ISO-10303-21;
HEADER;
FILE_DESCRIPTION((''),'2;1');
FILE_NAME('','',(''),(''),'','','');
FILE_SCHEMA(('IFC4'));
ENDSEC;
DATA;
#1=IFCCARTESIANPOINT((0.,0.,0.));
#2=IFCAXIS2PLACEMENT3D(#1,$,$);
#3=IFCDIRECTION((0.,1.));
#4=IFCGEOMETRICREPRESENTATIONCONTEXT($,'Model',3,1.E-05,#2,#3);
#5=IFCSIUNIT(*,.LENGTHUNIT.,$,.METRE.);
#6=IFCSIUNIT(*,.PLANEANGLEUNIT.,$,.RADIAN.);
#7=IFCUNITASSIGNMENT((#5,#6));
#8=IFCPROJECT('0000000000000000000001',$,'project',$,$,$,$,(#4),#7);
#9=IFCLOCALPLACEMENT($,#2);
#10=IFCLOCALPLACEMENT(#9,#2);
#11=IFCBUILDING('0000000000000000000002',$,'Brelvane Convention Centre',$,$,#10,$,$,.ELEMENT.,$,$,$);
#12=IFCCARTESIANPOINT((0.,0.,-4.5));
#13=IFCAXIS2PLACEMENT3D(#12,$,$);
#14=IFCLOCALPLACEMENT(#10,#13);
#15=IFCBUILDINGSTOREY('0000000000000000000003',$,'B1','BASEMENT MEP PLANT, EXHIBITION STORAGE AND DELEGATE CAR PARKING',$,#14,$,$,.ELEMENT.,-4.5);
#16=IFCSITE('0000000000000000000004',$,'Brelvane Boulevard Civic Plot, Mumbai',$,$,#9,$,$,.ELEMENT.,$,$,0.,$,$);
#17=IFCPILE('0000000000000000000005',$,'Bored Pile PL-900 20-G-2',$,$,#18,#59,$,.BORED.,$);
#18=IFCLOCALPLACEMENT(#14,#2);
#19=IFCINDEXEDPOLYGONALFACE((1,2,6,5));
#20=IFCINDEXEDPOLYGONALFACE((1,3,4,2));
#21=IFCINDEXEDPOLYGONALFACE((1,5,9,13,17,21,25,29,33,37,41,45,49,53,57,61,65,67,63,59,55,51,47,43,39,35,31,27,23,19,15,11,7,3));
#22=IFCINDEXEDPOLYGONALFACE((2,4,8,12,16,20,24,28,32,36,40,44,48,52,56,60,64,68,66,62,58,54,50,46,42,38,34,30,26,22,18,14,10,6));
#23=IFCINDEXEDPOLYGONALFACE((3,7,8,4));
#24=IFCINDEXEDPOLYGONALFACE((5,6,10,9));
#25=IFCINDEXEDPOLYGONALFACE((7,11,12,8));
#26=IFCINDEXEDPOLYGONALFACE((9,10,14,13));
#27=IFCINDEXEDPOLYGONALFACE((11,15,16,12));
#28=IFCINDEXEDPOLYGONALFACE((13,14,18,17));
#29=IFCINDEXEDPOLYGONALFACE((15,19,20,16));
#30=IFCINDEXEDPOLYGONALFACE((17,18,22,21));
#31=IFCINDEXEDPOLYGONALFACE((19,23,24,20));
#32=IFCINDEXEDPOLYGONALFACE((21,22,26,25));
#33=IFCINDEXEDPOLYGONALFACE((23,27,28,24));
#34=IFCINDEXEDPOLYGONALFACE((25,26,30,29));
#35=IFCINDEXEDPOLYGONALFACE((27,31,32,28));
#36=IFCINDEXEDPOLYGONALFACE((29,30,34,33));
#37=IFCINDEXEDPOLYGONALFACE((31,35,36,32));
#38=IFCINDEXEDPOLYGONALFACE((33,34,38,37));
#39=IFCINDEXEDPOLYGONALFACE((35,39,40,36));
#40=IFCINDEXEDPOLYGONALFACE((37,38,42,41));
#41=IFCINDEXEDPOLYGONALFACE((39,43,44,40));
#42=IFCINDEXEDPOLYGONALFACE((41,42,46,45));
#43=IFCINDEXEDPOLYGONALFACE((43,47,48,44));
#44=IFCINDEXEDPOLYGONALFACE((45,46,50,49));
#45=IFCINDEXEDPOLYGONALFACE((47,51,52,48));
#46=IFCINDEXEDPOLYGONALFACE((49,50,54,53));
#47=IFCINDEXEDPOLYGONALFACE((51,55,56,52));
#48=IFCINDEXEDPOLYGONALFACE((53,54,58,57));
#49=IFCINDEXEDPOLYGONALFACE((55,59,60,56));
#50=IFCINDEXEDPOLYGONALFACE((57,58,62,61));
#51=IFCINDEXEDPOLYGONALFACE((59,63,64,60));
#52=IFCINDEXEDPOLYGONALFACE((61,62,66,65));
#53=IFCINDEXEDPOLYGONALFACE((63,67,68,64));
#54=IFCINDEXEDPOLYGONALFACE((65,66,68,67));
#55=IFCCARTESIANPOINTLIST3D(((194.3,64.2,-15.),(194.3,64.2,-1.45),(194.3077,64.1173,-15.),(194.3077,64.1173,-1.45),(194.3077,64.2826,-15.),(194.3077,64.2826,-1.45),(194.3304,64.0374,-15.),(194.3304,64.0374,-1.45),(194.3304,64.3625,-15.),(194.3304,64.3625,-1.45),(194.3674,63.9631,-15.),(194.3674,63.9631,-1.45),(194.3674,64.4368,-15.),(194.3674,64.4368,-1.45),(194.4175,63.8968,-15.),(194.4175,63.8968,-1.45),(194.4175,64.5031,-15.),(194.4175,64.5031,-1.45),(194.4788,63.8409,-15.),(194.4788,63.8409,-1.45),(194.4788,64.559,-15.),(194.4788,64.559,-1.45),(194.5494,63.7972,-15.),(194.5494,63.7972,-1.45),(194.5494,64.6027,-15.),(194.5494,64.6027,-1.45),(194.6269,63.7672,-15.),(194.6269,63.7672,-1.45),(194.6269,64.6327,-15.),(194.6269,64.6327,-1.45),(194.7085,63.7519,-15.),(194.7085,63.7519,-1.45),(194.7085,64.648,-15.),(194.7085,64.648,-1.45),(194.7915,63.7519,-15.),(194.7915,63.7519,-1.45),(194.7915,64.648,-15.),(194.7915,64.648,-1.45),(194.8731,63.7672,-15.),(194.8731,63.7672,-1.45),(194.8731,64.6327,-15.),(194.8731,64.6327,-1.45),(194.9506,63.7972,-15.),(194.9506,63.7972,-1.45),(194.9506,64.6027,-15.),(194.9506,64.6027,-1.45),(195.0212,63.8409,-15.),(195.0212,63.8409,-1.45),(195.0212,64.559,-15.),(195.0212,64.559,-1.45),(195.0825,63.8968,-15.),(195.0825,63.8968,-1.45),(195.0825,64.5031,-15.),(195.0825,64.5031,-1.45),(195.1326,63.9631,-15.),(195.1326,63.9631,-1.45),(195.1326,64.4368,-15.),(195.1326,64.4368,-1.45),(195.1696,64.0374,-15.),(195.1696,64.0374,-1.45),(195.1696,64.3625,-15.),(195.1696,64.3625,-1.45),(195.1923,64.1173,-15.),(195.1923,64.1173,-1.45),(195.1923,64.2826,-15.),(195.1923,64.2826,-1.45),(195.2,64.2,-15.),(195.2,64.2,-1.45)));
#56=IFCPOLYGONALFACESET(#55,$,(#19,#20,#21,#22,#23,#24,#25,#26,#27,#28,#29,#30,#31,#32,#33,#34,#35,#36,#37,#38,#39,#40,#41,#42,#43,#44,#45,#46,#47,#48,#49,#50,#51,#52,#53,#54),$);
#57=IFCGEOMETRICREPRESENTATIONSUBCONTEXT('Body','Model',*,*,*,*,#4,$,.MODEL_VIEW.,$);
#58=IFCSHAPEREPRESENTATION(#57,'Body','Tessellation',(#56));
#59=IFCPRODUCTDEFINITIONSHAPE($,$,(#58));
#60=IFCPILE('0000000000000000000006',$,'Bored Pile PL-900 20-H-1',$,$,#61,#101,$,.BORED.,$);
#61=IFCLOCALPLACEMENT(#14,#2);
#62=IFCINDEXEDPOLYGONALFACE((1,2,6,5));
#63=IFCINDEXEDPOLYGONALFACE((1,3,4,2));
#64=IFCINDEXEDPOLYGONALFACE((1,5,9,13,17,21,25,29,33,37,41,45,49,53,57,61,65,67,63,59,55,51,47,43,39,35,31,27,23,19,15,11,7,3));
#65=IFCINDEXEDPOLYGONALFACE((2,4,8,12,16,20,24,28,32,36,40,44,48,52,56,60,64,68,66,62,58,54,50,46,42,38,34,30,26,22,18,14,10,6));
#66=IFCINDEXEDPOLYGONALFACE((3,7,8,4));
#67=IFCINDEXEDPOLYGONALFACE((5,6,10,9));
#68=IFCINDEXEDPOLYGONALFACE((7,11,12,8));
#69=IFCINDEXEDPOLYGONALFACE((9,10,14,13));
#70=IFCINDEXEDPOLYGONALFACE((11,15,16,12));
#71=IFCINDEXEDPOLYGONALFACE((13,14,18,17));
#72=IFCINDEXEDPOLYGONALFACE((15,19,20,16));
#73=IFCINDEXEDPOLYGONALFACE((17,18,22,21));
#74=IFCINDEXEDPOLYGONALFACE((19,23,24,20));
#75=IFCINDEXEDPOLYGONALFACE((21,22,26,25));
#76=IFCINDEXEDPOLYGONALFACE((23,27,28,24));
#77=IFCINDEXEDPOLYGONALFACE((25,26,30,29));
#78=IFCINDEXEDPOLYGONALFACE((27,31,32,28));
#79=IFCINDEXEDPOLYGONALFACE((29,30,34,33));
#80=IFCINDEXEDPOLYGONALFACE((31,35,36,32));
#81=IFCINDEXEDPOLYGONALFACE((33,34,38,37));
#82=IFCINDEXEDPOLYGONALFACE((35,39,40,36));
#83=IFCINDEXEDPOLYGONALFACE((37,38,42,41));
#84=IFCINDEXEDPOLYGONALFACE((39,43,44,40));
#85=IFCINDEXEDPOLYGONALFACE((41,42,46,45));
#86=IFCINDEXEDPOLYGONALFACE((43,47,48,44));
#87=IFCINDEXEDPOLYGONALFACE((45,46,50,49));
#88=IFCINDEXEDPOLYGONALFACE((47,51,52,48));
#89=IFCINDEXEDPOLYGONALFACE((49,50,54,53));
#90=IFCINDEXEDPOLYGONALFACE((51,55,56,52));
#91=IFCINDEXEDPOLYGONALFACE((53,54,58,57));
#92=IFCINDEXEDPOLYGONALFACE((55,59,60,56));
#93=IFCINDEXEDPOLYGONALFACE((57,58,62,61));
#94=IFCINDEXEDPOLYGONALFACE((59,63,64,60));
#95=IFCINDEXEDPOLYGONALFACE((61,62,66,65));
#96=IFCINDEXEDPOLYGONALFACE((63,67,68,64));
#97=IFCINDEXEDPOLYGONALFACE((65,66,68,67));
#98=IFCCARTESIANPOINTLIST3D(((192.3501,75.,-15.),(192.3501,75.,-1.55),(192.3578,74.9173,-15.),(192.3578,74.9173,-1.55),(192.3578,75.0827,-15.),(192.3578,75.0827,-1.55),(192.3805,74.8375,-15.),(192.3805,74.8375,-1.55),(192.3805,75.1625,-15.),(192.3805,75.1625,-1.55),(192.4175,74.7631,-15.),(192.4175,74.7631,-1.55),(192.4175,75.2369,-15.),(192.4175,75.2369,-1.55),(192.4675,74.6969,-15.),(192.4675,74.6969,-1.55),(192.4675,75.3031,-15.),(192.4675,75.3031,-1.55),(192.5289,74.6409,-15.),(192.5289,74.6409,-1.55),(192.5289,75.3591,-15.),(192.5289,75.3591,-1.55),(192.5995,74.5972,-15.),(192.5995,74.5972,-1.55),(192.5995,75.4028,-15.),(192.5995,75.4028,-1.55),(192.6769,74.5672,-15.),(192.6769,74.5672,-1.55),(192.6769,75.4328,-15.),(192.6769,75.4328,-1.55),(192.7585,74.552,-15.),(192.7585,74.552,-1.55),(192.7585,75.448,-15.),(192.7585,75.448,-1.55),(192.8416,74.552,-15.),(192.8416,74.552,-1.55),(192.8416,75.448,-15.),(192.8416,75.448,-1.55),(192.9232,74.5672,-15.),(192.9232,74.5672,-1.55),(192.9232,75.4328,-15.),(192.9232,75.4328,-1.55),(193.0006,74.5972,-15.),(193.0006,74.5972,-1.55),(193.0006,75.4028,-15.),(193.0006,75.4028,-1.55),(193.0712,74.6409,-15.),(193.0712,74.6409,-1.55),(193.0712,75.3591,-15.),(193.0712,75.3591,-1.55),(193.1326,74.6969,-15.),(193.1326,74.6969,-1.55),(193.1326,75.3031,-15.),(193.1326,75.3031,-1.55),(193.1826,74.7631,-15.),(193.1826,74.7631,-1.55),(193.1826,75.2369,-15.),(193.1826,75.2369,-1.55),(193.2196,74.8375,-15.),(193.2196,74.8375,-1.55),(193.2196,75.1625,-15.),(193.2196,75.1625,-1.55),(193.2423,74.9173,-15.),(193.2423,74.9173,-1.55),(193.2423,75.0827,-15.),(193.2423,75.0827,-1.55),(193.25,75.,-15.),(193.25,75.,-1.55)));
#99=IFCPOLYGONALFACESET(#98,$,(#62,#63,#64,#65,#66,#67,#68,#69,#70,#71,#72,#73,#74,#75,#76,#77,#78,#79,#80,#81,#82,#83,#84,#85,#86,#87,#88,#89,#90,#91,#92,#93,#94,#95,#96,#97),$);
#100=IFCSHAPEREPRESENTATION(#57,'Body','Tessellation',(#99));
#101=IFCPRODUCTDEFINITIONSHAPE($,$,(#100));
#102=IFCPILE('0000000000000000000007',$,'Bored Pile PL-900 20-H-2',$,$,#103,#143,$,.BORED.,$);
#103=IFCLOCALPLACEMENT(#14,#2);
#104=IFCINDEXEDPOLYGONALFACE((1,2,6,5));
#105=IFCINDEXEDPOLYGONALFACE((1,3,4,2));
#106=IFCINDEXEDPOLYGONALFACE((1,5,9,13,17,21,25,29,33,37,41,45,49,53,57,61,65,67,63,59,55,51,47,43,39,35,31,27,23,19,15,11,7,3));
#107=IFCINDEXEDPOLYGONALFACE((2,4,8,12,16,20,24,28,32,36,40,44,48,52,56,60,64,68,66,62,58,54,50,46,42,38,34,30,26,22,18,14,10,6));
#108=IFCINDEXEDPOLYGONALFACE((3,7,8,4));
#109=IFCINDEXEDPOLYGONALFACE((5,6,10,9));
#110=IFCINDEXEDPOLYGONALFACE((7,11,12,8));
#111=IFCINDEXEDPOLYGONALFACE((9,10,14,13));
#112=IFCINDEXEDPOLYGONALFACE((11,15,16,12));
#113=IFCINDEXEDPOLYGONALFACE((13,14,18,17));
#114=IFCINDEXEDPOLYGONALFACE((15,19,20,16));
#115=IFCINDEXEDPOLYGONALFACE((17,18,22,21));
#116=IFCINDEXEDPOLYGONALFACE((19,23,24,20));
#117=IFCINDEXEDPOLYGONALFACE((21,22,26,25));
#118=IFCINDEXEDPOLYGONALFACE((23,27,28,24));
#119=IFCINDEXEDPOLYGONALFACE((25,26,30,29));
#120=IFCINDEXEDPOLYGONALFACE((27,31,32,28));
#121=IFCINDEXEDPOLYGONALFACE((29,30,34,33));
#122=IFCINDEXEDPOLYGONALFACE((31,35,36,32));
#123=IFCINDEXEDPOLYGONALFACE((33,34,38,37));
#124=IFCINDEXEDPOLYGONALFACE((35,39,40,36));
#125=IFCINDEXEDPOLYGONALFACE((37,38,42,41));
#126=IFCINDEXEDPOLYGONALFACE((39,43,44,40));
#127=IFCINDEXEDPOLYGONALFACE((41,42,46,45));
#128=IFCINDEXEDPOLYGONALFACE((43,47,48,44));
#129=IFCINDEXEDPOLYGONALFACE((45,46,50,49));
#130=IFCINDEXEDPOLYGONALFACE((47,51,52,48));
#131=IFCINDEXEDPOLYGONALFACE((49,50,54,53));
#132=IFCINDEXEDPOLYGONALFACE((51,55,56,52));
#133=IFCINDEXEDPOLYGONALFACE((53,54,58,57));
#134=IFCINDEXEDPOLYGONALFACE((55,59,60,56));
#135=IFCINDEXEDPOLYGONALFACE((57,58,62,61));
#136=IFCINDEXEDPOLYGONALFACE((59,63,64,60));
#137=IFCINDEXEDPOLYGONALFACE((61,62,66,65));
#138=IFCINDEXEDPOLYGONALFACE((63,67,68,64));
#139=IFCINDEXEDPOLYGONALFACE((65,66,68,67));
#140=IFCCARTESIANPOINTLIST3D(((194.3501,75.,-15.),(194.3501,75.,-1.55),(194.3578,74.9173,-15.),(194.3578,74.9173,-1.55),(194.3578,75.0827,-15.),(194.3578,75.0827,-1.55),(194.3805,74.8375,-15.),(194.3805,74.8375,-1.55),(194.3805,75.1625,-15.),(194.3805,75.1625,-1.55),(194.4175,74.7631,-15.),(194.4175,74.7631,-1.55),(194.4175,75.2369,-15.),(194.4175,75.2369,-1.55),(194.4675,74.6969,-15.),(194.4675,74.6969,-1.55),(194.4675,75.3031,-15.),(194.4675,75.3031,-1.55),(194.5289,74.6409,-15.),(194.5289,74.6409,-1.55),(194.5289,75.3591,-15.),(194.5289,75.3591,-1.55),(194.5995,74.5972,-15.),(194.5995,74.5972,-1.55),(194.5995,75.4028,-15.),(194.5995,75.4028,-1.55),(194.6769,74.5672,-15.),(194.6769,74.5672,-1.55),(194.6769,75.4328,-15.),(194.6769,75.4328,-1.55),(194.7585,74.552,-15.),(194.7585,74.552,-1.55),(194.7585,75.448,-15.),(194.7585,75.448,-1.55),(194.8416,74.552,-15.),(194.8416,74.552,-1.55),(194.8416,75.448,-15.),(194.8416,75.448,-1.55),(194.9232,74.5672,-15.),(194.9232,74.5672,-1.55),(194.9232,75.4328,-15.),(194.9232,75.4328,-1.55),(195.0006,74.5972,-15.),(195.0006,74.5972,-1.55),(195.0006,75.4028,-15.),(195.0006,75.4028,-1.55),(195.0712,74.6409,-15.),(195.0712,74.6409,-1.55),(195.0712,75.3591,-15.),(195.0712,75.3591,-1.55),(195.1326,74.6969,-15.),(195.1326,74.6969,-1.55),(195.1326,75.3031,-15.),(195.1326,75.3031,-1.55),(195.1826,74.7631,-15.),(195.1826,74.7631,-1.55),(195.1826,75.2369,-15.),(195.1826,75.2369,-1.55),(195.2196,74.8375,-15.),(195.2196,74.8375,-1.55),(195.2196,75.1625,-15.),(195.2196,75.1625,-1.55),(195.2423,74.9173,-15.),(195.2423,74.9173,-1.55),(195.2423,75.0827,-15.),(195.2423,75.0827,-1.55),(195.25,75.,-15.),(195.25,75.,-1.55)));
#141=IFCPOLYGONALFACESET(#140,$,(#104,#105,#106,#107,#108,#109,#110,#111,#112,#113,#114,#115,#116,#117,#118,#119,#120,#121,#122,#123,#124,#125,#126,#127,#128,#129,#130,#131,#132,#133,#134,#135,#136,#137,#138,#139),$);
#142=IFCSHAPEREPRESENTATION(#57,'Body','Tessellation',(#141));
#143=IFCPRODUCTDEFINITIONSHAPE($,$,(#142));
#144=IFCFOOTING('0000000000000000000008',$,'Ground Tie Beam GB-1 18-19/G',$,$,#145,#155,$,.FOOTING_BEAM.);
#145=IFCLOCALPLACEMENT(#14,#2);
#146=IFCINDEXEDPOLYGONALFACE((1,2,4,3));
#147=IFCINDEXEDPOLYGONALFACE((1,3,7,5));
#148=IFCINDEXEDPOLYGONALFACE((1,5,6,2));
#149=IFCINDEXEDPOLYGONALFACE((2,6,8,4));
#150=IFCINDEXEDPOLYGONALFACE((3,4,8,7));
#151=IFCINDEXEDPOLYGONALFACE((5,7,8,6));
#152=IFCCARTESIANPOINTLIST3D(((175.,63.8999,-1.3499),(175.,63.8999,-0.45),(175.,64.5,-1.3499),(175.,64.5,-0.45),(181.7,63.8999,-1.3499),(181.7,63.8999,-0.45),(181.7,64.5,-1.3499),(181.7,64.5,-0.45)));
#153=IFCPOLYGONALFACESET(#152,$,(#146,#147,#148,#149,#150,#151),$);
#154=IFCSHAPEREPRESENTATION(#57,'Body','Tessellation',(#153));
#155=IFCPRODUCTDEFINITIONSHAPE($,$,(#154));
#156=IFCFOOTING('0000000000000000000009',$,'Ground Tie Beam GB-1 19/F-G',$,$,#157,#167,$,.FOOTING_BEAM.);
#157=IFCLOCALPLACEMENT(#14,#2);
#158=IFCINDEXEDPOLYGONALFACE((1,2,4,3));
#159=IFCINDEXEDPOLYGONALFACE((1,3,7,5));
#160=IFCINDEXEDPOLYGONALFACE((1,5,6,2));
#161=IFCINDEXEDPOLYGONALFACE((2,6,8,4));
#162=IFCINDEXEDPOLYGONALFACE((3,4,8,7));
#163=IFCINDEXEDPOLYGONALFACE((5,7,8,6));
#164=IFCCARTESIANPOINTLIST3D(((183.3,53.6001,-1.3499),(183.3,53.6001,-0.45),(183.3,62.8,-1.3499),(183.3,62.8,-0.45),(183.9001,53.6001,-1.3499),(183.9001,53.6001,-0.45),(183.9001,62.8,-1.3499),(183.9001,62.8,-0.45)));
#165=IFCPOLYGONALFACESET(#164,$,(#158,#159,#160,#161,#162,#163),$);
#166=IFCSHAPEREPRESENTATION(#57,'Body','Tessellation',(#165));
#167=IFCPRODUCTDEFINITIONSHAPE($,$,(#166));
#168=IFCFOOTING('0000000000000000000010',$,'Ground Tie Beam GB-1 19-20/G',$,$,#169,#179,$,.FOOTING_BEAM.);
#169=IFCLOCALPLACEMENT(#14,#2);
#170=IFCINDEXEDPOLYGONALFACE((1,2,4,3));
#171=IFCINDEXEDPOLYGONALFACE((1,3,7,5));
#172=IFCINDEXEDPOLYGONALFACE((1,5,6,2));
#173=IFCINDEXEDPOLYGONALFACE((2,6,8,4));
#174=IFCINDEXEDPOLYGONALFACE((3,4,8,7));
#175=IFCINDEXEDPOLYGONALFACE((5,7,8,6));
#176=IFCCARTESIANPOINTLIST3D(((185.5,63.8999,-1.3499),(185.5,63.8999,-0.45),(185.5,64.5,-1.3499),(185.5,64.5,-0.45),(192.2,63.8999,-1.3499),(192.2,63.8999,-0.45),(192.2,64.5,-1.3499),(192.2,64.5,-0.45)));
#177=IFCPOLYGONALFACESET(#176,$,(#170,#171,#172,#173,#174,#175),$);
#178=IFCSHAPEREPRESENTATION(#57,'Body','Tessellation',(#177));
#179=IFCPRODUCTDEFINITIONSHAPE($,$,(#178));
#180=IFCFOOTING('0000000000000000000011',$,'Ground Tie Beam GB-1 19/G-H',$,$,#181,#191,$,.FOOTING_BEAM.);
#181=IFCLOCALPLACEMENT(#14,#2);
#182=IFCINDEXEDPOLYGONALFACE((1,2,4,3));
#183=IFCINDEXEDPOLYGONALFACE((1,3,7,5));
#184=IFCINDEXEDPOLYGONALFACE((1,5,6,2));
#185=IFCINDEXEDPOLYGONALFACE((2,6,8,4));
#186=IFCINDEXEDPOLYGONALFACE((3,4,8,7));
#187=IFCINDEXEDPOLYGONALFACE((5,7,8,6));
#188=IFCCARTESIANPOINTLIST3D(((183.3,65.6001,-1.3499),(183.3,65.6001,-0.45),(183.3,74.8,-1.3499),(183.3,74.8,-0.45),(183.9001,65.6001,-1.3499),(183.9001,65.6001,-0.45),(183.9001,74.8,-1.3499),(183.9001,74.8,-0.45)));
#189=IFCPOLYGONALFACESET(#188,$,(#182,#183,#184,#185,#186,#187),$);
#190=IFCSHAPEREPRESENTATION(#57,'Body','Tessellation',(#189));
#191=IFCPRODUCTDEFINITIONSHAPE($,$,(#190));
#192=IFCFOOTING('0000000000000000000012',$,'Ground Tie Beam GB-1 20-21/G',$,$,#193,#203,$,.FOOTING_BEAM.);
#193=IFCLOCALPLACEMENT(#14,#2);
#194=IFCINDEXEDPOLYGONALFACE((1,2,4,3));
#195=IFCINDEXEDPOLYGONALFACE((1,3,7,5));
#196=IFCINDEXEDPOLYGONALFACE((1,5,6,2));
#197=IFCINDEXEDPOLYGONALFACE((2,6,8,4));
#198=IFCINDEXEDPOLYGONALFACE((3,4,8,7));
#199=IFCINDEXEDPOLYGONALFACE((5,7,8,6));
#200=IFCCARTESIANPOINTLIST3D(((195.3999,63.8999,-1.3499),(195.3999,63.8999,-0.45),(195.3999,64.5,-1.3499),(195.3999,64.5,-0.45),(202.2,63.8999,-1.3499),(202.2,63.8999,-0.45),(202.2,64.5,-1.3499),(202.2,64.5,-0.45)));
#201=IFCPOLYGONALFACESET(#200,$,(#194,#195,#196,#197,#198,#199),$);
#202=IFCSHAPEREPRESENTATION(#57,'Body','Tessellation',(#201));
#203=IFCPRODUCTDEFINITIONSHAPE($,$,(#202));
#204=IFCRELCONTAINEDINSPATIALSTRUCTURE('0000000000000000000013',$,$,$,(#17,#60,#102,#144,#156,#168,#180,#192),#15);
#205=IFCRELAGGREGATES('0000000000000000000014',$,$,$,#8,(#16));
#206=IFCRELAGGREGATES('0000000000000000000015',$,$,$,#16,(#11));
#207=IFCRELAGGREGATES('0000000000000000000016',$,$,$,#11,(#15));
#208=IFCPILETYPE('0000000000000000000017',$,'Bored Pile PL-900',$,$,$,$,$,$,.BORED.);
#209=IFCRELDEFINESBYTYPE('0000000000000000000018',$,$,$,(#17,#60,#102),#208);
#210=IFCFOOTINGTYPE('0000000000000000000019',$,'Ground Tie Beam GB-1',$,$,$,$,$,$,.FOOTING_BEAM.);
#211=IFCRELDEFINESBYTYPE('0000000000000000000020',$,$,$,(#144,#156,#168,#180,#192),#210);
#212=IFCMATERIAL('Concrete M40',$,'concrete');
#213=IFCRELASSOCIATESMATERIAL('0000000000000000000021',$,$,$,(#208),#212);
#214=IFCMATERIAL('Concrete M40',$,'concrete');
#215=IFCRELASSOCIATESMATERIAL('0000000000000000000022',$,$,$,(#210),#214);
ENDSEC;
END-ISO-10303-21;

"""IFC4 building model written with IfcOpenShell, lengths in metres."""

from ifc_helpers import new_model, si_unit, direction, frame, origin, origin_2d, place, context, subcontext, project, spatial, rectangle, circle, extrude, material, material_profile, profile_set, type_object, element, save


model = new_model("IFC4")

# Units and contexts
model_context = context("Model", 3, precision=1e-05, world=origin(), true_north=direction((0.0, 1.0)))
body_context = subcontext(model_context, "Body", "Model", "MODEL_VIEW")
ifc_project = project(units=[si_unit("LENGTHUNIT", "METRE"), si_unit("PLANEANGLEUNIT", "RADIAN")], contexts=[model_context])

# Site, building, storey
site_placement = place(None, origin())
site = spatial("IfcSite", under=ifc_project, at=site_placement, Name="Brelvane Boulevard Civic Plot, Mumbai", CompositionType="ELEMENT", RefElevation=0.0)
building_placement = place(site_placement, origin())
building = spatial("IfcBuilding", under=site, at=building_placement, Name="Brelvane Convention Centre", CompositionType="ELEMENT")
storey_placement = place(building_placement, frame((0.0, 0.0, -4.5)))
storey = spatial("IfcBuildingStorey", under=building, at=storey_placement, Name="B1", Description="BASEMENT MEP PLANT, EXHIBITION STORAGE AND DELEGATE CAR PARKING", CompositionType="ELEMENT", Elevation=-4.5)

# Piles
ifc_material_1 = material(Name="Concrete M40", Category="concrete")
ifc_material_profile_1 = material_profile(ifc_material_1, circle(Radius=0.45, at=origin_2d()), Name="PILE D900")
ifc_profile_set_1 = profile_set([ifc_material_profile_1], Name="Concrete M40")
pile_type = type_object("IfcPileType", Name="Bored Pile PL-900", PredefinedType="BORED", material=ifc_profile_set_1)
for number, where, z_axis, x_axis, name in (
    (1, (194.75, 64.2, -1.45), (0.0, 0.0, -1.0), (1.0, 0.0, 0.0), "Bored Pile PL-900 20-G-2"),
):
    element("IfcPile", number, at=place(storey_placement, frame(where, z_axis=z_axis, x_axis=x_axis)), inside=storey, type_object=pile_type, Name=name, PredefinedType="BORED", context=body_context, shape_type="SweptSolid", body=[
        extrude(circle(Radius=0.45, at=origin_2d()), origin(), (0.0, 0.0, 1.0), 13.55),
    ])
for number, where, z_axis, x_axis, name in (
    (2, (192.8, 75.0, -1.55), (0.0, 0.0, -1.0), (1.0, 0.0, 0.0), "Bored Pile PL-900 20-H-1"),
    (3, (194.8, 75.0, -1.55), (0.0, 0.0, -1.0), (1.0, 0.0, 0.0), "Bored Pile PL-900 20-H-2"),
):
    element("IfcPile", number, at=place(storey_placement, frame(where, z_axis=z_axis, x_axis=x_axis)), inside=storey, type_object=pile_type, Name=name, PredefinedType="BORED", context=body_context, shape_type="SweptSolid", body=[
        extrude(circle(Radius=0.45, at=origin_2d()), origin(), (0.0, 0.0, 1.0), 13.45),
    ])

# Footings
ifc_material_2 = material(Name="Concrete M40", Category="concrete")
ifc_material_profile_2 = material_profile(ifc_material_2, rectangle(XDim=0.6001, YDim=0.8999, at=origin_2d()), Name="RC 600x900")
ifc_profile_set_2 = profile_set([ifc_material_profile_2], Name="Concrete M40")
footing_type_1 = type_object("IfcFootingType", Name="Ground Tie Beam GB-1", PredefinedType="FOOTING_BEAM", material=ifc_profile_set_2)
footing_1_placement = place(storey_placement, frame((175.0, 64.2, -0.8999), z_axis=(1.0, 0.0, 0.0), x_axis=(0.0, 1.0, 0.0)))
element("IfcFooting", 4, at=footing_1_placement, inside=storey, type_object=footing_type_1, Name="Ground Tie Beam GB-1 18-19/G", PredefinedType="FOOTING_BEAM", context=body_context, shape_type="SweptSolid", body=[
    extrude(rectangle(XDim=0.6001, YDim=0.8999, at=origin_2d()), origin(), (0.0, 0.0, 1.0), 6.7),
])
footing_2_placement = place(storey_placement, frame((183.6001, 53.6001, -0.8999), z_axis=(0.0, 1.0, 0.0), x_axis=(-1.0, 0.0, 0.0)))
element("IfcFooting", 5, at=footing_2_placement, inside=storey, type_object=footing_type_1, Name="Ground Tie Beam GB-1 19/F-G", PredefinedType="FOOTING_BEAM", context=body_context, shape_type="SweptSolid", body=[
    extrude(rectangle(XDim=0.6001, YDim=0.8999, at=origin_2d()), origin(), (0.0, 0.0, 1.0), 9.2),
])
footing_3_placement = place(storey_placement, frame((185.5, 64.2, -0.8999), z_axis=(1.0, 0.0, 0.0), x_axis=(0.0, 1.0, 0.0)))
element("IfcFooting", 6, at=footing_3_placement, inside=storey, type_object=footing_type_1, Name="Ground Tie Beam GB-1 19-20/G", PredefinedType="FOOTING_BEAM", context=body_context, shape_type="SweptSolid", body=[
    extrude(rectangle(XDim=0.6001, YDim=0.8999, at=origin_2d()), origin(), (0.0, 0.0, 1.0), 6.7),
])
footing_4_placement = place(storey_placement, frame((183.6001, 65.6001, -0.8999), z_axis=(0.0, 1.0, 0.0), x_axis=(-1.0, 0.0, 0.0)))
element("IfcFooting", 7, at=footing_4_placement, inside=storey, type_object=footing_type_1, Name="Ground Tie Beam GB-1 19/G-H", PredefinedType="FOOTING_BEAM", context=body_context, shape_type="SweptSolid", body=[
    extrude(rectangle(XDim=0.6001, YDim=0.8999, at=origin_2d()), origin(), (0.0, 0.0, 1.0), 9.2),
])
footing_5_placement = place(storey_placement, frame((195.3999, 64.2, -0.8999), z_axis=(1.0, 0.0, 0.0), x_axis=(0.0, 1.0, 0.0)))
element("IfcFooting", 8, at=footing_5_placement, inside=storey, type_object=footing_type_1, Name="Ground Tie Beam GB-1 20-21/G", PredefinedType="FOOTING_BEAM", context=body_context, shape_type="SweptSolid", body=[
    extrude(rectangle(XDim=0.6001, YDim=0.8999, at=origin_2d()), origin(), (0.0, 0.0, 1.0), 6.8),
])

save(model, "model.ifc")
